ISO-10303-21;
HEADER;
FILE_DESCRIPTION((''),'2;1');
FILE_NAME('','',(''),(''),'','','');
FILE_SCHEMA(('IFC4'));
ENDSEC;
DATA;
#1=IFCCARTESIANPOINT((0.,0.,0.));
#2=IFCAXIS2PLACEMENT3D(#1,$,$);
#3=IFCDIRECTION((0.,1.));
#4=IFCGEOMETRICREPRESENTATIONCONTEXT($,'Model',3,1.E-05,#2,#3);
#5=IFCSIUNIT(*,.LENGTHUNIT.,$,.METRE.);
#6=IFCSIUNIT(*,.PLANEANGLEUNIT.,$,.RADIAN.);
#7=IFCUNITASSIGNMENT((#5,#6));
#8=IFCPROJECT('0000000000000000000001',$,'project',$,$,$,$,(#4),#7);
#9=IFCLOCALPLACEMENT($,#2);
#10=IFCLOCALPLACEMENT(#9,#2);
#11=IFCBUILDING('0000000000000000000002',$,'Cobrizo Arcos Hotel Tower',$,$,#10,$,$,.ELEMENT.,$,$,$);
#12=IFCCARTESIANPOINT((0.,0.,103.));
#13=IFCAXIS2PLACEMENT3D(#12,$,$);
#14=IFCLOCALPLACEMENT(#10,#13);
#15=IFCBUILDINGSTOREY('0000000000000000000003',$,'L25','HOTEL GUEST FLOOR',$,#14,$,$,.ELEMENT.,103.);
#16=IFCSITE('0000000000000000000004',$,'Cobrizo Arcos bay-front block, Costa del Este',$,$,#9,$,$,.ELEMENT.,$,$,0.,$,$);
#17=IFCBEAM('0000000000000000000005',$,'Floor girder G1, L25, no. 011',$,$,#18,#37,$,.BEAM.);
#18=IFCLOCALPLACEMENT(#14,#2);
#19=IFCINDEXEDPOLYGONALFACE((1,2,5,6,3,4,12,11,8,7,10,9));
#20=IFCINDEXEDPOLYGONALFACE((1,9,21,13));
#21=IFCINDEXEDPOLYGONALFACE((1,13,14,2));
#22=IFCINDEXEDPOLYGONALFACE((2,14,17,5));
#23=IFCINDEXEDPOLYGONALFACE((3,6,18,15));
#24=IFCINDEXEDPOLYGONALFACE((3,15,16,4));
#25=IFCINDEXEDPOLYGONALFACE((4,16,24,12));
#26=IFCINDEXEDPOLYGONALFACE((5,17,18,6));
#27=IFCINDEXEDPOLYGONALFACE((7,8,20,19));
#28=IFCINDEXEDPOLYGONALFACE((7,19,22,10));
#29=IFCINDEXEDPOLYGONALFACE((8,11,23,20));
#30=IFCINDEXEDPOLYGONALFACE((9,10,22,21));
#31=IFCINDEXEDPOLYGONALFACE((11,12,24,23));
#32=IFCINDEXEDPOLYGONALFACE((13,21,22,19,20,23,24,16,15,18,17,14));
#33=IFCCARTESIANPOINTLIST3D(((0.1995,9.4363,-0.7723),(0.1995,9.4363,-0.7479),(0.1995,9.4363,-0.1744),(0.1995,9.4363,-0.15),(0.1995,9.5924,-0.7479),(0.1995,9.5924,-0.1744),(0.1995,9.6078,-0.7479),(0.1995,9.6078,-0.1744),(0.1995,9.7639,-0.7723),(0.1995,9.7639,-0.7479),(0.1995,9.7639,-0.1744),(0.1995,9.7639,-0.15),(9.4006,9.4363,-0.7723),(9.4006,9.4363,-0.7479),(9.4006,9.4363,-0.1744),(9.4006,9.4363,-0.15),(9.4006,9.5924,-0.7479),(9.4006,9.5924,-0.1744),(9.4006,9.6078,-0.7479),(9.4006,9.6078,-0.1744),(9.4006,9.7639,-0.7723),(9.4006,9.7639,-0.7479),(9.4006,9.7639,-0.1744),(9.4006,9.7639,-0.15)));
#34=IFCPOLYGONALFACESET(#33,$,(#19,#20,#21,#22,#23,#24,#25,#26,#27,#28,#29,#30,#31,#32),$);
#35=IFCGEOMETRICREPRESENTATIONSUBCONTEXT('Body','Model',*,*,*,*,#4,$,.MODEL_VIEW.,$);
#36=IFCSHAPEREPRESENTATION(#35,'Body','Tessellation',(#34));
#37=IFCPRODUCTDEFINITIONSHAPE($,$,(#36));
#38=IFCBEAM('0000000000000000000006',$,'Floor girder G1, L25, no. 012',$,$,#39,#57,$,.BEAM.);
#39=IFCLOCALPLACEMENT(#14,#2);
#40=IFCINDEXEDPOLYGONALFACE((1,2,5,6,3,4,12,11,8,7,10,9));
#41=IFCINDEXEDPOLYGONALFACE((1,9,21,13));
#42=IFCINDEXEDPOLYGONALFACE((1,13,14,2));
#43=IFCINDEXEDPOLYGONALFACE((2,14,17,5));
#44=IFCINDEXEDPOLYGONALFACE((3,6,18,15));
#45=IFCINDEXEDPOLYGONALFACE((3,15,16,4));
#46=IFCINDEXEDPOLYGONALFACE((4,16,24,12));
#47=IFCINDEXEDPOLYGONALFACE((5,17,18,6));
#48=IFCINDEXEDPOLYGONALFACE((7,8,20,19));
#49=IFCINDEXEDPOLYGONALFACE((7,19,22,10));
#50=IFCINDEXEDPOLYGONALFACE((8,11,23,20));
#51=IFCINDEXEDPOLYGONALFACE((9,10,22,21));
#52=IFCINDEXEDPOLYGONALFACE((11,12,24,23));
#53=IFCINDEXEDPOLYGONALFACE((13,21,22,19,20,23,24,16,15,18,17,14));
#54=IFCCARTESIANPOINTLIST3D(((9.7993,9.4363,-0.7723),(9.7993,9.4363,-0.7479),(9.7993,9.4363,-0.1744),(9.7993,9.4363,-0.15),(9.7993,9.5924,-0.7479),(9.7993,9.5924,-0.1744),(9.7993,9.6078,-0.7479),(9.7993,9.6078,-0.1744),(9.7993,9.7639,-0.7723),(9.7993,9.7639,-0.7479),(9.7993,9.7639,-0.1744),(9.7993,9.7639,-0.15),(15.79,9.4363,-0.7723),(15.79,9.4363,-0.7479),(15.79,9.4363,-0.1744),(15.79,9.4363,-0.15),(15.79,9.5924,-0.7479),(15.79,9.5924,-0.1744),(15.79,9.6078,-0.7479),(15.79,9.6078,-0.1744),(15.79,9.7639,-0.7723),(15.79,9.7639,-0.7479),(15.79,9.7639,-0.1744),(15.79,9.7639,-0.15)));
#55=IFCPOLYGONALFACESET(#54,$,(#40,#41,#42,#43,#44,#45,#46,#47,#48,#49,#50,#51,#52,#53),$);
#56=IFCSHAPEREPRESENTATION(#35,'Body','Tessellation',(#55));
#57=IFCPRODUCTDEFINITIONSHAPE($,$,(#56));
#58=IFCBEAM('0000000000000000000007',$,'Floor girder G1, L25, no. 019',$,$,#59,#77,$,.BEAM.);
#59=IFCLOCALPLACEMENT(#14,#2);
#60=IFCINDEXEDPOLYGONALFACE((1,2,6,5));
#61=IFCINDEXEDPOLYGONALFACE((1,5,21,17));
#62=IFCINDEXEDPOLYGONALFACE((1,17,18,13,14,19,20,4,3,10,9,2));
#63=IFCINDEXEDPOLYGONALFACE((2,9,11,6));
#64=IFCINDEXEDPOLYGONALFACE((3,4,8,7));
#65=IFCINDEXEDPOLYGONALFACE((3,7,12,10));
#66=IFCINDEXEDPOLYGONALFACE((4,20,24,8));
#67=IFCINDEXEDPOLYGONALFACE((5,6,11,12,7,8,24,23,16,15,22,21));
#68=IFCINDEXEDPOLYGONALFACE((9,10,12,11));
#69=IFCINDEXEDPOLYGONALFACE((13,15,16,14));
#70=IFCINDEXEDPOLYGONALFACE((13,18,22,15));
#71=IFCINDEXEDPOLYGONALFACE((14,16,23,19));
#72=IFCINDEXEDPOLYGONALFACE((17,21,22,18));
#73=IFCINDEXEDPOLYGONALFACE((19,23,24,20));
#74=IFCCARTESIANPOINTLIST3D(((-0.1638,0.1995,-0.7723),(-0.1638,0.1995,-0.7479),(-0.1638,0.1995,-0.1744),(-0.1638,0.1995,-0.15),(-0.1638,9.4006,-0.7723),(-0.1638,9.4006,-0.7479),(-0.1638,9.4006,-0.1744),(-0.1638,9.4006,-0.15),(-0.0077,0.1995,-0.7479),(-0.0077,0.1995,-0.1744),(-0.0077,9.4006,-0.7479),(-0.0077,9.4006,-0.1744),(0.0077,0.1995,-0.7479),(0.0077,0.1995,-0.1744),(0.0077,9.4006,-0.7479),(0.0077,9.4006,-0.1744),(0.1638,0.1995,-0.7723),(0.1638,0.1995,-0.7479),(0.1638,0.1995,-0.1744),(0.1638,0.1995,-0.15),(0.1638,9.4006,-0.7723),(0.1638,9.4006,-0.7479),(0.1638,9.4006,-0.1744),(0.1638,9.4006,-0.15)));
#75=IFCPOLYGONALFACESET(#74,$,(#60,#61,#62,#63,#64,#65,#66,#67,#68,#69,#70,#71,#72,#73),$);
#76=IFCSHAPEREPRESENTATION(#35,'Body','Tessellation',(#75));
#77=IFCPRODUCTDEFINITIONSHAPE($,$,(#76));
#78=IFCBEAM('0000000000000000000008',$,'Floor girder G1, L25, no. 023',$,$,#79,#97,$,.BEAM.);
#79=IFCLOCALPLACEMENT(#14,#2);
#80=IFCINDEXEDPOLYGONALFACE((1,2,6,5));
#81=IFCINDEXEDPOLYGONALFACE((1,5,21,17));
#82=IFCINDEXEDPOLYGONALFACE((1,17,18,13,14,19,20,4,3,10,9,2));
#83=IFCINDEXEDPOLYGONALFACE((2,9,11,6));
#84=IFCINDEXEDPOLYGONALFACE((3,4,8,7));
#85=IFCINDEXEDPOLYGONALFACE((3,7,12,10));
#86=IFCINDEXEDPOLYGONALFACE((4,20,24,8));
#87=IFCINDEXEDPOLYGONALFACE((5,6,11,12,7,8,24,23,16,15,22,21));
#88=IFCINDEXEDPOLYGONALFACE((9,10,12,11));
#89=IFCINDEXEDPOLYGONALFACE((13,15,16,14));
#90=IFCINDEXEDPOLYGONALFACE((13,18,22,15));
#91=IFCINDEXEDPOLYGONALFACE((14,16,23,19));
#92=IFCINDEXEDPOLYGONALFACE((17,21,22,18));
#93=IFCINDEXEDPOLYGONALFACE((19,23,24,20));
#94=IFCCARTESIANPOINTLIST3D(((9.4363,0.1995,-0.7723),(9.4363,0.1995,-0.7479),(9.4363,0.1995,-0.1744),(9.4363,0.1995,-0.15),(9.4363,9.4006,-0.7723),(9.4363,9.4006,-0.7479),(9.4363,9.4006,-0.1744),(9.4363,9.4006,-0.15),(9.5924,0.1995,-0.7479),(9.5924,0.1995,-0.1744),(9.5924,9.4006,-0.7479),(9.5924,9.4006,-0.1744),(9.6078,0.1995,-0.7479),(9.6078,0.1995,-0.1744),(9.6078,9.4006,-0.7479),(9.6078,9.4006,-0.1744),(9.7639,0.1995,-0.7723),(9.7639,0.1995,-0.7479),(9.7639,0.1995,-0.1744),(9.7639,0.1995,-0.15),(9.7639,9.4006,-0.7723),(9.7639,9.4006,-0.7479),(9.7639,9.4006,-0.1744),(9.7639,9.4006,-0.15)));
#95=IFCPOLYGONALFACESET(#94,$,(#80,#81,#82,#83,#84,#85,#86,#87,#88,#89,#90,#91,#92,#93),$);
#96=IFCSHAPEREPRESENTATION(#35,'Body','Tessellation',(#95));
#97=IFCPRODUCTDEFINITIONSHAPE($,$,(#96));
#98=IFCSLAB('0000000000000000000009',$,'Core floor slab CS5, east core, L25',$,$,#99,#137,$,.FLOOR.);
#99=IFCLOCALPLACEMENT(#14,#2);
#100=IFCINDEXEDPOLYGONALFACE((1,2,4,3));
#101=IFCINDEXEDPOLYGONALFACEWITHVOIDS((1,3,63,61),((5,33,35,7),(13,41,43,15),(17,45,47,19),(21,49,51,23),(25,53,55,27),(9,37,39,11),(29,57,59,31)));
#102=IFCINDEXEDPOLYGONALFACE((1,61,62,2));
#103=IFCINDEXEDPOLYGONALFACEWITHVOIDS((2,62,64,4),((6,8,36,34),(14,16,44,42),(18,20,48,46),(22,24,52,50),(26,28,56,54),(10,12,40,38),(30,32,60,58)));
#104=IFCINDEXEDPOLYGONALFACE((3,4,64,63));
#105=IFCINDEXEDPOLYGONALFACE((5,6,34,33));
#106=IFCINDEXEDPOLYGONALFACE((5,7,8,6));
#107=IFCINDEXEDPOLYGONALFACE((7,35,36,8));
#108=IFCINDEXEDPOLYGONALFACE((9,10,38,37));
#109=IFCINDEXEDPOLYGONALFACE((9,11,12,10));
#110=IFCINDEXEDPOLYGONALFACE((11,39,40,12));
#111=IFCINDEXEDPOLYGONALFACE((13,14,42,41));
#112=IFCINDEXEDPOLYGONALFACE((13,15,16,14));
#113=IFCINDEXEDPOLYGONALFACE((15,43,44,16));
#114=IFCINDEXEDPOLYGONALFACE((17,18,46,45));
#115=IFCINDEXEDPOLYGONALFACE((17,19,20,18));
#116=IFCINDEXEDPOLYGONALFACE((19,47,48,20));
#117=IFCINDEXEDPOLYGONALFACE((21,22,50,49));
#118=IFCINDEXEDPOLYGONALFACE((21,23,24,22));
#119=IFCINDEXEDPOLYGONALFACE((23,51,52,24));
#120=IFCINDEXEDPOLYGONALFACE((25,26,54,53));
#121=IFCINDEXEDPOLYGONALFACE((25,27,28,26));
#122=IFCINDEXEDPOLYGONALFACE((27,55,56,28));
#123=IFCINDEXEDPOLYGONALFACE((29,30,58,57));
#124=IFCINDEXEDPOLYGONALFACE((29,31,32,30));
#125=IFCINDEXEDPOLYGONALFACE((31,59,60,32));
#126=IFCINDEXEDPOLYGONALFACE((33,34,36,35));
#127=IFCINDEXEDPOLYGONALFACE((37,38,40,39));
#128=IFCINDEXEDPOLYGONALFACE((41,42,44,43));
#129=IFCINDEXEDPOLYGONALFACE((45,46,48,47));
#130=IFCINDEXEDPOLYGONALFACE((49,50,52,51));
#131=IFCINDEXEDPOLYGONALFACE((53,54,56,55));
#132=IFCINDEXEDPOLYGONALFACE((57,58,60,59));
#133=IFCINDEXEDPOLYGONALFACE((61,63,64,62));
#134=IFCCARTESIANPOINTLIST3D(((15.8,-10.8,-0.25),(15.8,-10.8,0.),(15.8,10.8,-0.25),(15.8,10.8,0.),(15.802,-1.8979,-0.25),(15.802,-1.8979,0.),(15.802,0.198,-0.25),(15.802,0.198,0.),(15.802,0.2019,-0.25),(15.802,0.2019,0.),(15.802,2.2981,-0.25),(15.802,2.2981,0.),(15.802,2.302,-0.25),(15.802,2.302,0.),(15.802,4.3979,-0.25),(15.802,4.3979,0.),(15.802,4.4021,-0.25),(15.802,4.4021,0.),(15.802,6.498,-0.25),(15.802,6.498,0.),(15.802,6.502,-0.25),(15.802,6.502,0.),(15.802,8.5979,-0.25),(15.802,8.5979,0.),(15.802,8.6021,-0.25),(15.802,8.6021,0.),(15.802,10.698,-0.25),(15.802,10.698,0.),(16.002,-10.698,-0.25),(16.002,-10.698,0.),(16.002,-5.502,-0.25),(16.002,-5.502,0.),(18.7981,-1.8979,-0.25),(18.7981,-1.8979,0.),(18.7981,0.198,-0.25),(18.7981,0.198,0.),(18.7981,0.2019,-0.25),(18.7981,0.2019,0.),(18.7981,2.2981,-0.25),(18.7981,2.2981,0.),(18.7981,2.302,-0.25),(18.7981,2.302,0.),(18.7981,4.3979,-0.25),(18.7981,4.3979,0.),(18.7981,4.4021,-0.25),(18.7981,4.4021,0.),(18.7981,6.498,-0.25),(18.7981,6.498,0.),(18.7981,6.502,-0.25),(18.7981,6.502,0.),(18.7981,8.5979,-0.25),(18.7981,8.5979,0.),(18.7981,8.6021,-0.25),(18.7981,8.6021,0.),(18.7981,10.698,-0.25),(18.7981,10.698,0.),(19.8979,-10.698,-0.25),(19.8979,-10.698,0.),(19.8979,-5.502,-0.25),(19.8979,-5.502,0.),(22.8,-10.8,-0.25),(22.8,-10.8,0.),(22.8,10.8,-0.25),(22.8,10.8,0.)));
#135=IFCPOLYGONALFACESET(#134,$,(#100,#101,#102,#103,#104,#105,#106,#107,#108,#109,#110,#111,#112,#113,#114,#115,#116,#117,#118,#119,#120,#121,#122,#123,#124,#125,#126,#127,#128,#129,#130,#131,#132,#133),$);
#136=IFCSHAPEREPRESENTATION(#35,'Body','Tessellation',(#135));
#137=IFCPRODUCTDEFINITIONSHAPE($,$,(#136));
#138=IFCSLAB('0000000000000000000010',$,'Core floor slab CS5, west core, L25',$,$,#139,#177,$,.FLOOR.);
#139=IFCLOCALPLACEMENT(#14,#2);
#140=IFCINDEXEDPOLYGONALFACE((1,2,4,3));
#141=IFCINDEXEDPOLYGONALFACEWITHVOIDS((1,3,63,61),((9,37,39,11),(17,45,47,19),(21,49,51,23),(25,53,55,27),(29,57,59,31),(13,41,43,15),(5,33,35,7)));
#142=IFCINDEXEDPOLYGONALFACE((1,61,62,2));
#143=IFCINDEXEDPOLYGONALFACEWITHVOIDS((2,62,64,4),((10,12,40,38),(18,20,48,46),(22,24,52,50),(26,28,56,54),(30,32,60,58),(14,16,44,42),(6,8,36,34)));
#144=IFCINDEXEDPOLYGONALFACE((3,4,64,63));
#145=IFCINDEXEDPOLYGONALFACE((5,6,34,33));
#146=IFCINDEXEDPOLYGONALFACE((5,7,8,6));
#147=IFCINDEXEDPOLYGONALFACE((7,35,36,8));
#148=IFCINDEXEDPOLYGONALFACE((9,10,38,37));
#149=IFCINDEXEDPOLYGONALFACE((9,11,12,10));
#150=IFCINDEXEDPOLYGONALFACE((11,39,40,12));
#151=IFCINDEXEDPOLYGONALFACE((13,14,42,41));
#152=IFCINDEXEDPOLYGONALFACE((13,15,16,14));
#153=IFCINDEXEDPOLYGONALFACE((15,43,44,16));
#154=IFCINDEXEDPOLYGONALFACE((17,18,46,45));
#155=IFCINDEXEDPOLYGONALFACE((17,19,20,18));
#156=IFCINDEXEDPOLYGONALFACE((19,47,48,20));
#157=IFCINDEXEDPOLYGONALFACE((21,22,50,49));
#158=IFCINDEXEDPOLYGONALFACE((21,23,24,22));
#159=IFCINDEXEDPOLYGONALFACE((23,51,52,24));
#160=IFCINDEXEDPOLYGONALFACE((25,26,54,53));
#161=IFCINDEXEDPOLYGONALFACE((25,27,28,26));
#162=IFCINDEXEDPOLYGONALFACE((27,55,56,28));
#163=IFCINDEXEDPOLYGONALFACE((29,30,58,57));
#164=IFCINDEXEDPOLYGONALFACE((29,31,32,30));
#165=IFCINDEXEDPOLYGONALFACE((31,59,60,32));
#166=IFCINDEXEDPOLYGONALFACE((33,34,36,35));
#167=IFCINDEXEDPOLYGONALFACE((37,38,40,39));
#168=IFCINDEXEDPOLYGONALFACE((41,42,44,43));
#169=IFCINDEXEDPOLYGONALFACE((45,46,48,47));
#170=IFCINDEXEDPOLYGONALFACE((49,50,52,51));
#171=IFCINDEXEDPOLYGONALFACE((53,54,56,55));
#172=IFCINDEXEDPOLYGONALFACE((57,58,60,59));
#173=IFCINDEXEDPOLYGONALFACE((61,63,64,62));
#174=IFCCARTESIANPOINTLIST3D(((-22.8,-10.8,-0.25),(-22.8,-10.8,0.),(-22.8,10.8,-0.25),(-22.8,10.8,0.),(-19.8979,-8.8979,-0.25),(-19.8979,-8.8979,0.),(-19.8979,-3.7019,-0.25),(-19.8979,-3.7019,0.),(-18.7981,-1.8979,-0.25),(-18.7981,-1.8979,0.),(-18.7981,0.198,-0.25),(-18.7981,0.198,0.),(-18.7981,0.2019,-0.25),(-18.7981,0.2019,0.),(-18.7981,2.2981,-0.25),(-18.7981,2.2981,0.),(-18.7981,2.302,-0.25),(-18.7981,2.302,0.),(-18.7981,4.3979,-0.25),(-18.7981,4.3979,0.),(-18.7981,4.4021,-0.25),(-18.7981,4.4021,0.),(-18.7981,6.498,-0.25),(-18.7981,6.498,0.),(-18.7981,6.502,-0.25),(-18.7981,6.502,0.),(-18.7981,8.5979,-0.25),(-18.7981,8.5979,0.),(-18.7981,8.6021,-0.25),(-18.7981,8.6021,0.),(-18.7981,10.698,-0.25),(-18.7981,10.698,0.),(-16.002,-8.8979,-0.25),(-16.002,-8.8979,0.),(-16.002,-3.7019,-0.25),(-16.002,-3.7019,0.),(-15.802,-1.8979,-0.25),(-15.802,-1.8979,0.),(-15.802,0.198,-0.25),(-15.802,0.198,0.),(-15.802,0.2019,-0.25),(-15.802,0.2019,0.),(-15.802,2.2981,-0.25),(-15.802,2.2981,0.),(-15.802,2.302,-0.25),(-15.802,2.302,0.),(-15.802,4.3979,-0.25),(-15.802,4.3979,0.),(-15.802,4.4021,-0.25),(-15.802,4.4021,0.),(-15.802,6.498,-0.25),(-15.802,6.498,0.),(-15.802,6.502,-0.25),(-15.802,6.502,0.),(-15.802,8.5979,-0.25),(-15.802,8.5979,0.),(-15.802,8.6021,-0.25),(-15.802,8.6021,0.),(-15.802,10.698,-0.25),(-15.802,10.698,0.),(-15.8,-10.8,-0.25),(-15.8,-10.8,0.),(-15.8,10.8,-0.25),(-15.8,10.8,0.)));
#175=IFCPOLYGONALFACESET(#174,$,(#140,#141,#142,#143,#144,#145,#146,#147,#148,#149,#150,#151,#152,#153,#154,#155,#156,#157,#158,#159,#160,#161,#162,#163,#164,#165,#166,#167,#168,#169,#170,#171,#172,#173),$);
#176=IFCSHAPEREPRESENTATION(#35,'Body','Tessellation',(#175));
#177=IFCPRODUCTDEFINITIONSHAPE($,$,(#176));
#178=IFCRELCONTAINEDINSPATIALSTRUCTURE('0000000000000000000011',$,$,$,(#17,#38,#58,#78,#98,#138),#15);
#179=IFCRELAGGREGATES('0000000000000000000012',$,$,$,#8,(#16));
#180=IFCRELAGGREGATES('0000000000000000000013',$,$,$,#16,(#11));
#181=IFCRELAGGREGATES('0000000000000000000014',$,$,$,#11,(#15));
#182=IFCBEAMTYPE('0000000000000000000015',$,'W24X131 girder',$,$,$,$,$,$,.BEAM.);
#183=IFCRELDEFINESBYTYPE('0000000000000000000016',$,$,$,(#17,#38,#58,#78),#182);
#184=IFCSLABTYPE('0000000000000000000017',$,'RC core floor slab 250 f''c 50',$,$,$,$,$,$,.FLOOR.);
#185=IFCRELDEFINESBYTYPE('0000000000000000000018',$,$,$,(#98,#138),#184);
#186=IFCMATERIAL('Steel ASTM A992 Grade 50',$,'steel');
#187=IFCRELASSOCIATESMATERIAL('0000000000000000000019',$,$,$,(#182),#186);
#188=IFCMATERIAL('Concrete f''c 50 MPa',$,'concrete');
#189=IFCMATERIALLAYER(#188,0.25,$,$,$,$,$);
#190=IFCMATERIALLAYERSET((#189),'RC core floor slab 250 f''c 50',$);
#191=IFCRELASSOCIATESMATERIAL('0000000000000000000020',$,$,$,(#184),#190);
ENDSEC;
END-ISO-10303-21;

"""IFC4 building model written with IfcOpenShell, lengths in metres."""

from ifc_helpers import new_model, si_unit, direction, frame, origin, origin_2d, place, context, subcontext, project, spatial, polyline, i_section, outline, extrude, material, layer, layer_set, material_profile, profile_set, type_object, element, save


model = new_model("IFC4")

# Units and contexts
model_context = context("Model", 3, precision=1e-05, world=origin(), true_north=direction((0.0, 1.0)))
body_context = subcontext(model_context, "Body", "Model", "MODEL_VIEW")
ifc_project = project(units=[si_unit("LENGTHUNIT", "METRE"), si_unit("PLANEANGLEUNIT", "RADIAN")], contexts=[model_context])

# Site, building, storey
site_placement = place(None, origin())
site = spatial("IfcSite", under=ifc_project, at=site_placement, Name="Cobrizo Arcos bay-front block, Costa del Este", CompositionType="ELEMENT", RefElevation=0.0)
building_placement = place(site_placement, origin())
building = spatial("IfcBuilding", under=site, at=building_placement, Name="Cobrizo Arcos Hotel Tower", CompositionType="ELEMENT")
storey_placement = place(building_placement, frame((0.0, 0.0, 103.0)))
storey = spatial("IfcBuildingStorey", under=building, at=storey_placement, Name="L25", Description="HOTEL GUEST FLOOR", CompositionType="ELEMENT", Elevation=103.0)

# Shared definitions
ifc_material_1 = material(Name="Steel ASTM A992 Grade 50", Category="steel")

# Beams
ifc_material_profile_1 = material_profile(ifc_material_1, i_section(OverallWidth=0.3276, OverallDepth=0.6223, WebThickness=0.0154, FlangeThickness=0.0244, at=origin_2d()), Name="W24X131")
ifc_profile_set_1 = profile_set([ifc_material_profile_1], Name="Steel ASTM A992 Grade 50")
beam_type_1 = type_object("IfcBeamType", Name="W24X131 girder", PredefinedType="BEAM", material=ifc_profile_set_1)
beam_1_placement = place(storey_placement, frame((0.1995, 9.6001, -0.4612), z_axis=(1.0, 0.0, 0.0), x_axis=(0.0, 1.0, 0.0)))
element("IfcBeam", 1, at=beam_1_placement, inside=storey, type_object=beam_type_1, Name="Floor girder G1, L25, no. 011", PredefinedType="BEAM", context=body_context, shape_type="SweptSolid", body=[
    extrude(i_section(OverallWidth=0.3276, OverallDepth=0.6223, WebThickness=0.0154, FlangeThickness=0.0244, at=origin_2d()), origin(), (0.0, 0.0, 1.0), 9.2012),
])
beam_2_placement = place(storey_placement, frame((9.7993, 9.6001, -0.4612), z_axis=(1.0, 0.0, 0.0), x_axis=(0.0, 1.0, 0.0)))
element("IfcBeam", 2, at=beam_2_placement, inside=storey, type_object=beam_type_1, Name="Floor girder G1, L25, no. 012", PredefinedType="BEAM", context=body_context, shape_type="SweptSolid", body=[
    extrude(i_section(OverallWidth=0.3276, OverallDepth=0.6223, WebThickness=0.0154, FlangeThickness=0.0244, at=origin_2d()), origin(), (0.0, 0.0, 1.0), 5.9907),
])
for number, where, z_axis, x_axis, name in (
    (3, (0.0, 0.1995, -0.4612), (0.0, 1.0, 0.0), (-1.0, 0.0, 0.0), "Floor girder G1, L25, no. 019"),
    (4, (9.6001, 0.1995, -0.4612), (0.0, 1.0, 0.0), (-1.0, 0.0, 0.0), "Floor girder G1, L25, no. 023"),
):
    element("IfcBeam", number, at=place(storey_placement, frame(where, z_axis=z_axis, x_axis=x_axis)), inside=storey, type_object=beam_type_1, Name=name, PredefinedType="BEAM", context=body_context, shape_type="SweptSolid", body=[
        extrude(i_section(OverallWidth=0.3276, OverallDepth=0.6223, WebThickness=0.0154, FlangeThickness=0.0244, at=origin_2d()), origin(), (0.0, 0.0, 1.0), 9.2012),
    ])

# Slabs
ifc_material_2 = material(Name="Concrete f'c 50 MPa", Category="concrete")
ifc_layer_1 = layer(ifc_material_2, 0.25)
ifc_layer_set_1 = layer_set([ifc_layer_1], Name="RC core floor slab 250 f'c 50")
slab_type_1 = type_object("IfcSlabType", Name="RC core floor slab 250 f'c 50", PredefinedType="FLOOR", material=ifc_layer_set_1)
slab_1_placement = place(storey_placement, frame((0.0, 0.0, -0.25)))
element("IfcSlab", 5, at=slab_1_placement, inside=storey, type_object=slab_type_1, Name="Core floor slab CS5, east core, L25", PredefinedType="FLOOR", context=body_context, shape_type="SweptSolid", body=[
    extrude(outline(polyline([(15.8, 10.8), (22.8, 10.8), (22.8, -10.8), (15.8, -10.8), (15.8, 10.8)]), holes=[polyline([(19.8979, -10.698), (19.8979, -5.502), (16.002, -5.502), (16.002, -10.698), (19.8979, -10.698)]), polyline([(15.802, 0.198), (15.802, -1.8979), (18.7981, -1.8979), (18.7981, 0.198), (15.802, 0.198)]), polyline([(18.7981, 2.2981), (15.802, 2.2981), (15.802, 0.2019), (18.7981, 0.2019), (18.7981, 2.2981)]), polyline([(18.7981, 4.3979), (15.802, 4.3979), (15.802, 2.302), (18.7981, 2.302), (18.7981, 4.3979)]), polyline([(15.802, 6.498), (15.802, 4.4021), (18.7981, 4.4021), (18.7981, 6.498), (15.802, 6.498)]), polyline([(18.7981, 8.5979), (15.802, 8.5979), (15.802, 6.502), (18.7981, 6.502), (18.7981, 8.5979)]), polyline([(18.7981, 10.698), (15.802, 10.698), (15.802, 8.6021), (18.7981, 8.6021), (18.7981, 10.698)])]), origin(), (0.0, 0.0, 1.0), 0.25),
])
slab_2_placement = place(storey_placement, frame((0.0, 0.0, -0.25)))
element("IfcSlab", 6, at=slab_2_placement, inside=storey, type_object=slab_type_1, Name="Core floor slab CS5, west core, L25", PredefinedType="FLOOR", context=body_context, shape_type="SweptSolid", body=[
    extrude(outline(polyline([(-22.8, 10.8), (-15.8, 10.8), (-15.8, -10.8), (-22.8, -10.8), (-22.8, 10.8)]), holes=[polyline([(-19.8979, -3.7019), (-19.8979, -8.8979), (-16.002, -8.8979), (-16.002, -3.7019), (-19.8979, -3.7019)]), polyline([(-18.7981, 0.198), (-18.7981, -1.8979), (-15.802, -1.8979), (-15.802, 0.198), (-18.7981, 0.198)]), polyline([(-15.802, 2.2981), (-18.7981, 2.2981), (-18.7981, 0.2019), (-15.802, 0.2019), (-15.802, 2.2981)]), polyline([(-15.802, 4.3979), (-18.7981, 4.3979), (-18.7981, 2.302), (-15.802, 2.302), (-15.802, 4.3979)]), polyline([(-18.7981, 6.498), (-18.7981, 4.4021), (-15.802, 4.4021), (-15.802, 6.498), (-18.7981, 6.498)]), polyline([(-15.802, 8.5979), (-18.7981, 8.5979), (-18.7981, 6.502), (-15.802, 6.502), (-15.802, 8.5979)]), polyline([(-15.802, 10.698), (-18.7981, 10.698), (-18.7981, 8.6021), (-15.802, 8.6021), (-15.802, 10.698)])]), origin(), (0.0, 0.0, 1.0), 0.25),
])

save(model, "model.ifc")
